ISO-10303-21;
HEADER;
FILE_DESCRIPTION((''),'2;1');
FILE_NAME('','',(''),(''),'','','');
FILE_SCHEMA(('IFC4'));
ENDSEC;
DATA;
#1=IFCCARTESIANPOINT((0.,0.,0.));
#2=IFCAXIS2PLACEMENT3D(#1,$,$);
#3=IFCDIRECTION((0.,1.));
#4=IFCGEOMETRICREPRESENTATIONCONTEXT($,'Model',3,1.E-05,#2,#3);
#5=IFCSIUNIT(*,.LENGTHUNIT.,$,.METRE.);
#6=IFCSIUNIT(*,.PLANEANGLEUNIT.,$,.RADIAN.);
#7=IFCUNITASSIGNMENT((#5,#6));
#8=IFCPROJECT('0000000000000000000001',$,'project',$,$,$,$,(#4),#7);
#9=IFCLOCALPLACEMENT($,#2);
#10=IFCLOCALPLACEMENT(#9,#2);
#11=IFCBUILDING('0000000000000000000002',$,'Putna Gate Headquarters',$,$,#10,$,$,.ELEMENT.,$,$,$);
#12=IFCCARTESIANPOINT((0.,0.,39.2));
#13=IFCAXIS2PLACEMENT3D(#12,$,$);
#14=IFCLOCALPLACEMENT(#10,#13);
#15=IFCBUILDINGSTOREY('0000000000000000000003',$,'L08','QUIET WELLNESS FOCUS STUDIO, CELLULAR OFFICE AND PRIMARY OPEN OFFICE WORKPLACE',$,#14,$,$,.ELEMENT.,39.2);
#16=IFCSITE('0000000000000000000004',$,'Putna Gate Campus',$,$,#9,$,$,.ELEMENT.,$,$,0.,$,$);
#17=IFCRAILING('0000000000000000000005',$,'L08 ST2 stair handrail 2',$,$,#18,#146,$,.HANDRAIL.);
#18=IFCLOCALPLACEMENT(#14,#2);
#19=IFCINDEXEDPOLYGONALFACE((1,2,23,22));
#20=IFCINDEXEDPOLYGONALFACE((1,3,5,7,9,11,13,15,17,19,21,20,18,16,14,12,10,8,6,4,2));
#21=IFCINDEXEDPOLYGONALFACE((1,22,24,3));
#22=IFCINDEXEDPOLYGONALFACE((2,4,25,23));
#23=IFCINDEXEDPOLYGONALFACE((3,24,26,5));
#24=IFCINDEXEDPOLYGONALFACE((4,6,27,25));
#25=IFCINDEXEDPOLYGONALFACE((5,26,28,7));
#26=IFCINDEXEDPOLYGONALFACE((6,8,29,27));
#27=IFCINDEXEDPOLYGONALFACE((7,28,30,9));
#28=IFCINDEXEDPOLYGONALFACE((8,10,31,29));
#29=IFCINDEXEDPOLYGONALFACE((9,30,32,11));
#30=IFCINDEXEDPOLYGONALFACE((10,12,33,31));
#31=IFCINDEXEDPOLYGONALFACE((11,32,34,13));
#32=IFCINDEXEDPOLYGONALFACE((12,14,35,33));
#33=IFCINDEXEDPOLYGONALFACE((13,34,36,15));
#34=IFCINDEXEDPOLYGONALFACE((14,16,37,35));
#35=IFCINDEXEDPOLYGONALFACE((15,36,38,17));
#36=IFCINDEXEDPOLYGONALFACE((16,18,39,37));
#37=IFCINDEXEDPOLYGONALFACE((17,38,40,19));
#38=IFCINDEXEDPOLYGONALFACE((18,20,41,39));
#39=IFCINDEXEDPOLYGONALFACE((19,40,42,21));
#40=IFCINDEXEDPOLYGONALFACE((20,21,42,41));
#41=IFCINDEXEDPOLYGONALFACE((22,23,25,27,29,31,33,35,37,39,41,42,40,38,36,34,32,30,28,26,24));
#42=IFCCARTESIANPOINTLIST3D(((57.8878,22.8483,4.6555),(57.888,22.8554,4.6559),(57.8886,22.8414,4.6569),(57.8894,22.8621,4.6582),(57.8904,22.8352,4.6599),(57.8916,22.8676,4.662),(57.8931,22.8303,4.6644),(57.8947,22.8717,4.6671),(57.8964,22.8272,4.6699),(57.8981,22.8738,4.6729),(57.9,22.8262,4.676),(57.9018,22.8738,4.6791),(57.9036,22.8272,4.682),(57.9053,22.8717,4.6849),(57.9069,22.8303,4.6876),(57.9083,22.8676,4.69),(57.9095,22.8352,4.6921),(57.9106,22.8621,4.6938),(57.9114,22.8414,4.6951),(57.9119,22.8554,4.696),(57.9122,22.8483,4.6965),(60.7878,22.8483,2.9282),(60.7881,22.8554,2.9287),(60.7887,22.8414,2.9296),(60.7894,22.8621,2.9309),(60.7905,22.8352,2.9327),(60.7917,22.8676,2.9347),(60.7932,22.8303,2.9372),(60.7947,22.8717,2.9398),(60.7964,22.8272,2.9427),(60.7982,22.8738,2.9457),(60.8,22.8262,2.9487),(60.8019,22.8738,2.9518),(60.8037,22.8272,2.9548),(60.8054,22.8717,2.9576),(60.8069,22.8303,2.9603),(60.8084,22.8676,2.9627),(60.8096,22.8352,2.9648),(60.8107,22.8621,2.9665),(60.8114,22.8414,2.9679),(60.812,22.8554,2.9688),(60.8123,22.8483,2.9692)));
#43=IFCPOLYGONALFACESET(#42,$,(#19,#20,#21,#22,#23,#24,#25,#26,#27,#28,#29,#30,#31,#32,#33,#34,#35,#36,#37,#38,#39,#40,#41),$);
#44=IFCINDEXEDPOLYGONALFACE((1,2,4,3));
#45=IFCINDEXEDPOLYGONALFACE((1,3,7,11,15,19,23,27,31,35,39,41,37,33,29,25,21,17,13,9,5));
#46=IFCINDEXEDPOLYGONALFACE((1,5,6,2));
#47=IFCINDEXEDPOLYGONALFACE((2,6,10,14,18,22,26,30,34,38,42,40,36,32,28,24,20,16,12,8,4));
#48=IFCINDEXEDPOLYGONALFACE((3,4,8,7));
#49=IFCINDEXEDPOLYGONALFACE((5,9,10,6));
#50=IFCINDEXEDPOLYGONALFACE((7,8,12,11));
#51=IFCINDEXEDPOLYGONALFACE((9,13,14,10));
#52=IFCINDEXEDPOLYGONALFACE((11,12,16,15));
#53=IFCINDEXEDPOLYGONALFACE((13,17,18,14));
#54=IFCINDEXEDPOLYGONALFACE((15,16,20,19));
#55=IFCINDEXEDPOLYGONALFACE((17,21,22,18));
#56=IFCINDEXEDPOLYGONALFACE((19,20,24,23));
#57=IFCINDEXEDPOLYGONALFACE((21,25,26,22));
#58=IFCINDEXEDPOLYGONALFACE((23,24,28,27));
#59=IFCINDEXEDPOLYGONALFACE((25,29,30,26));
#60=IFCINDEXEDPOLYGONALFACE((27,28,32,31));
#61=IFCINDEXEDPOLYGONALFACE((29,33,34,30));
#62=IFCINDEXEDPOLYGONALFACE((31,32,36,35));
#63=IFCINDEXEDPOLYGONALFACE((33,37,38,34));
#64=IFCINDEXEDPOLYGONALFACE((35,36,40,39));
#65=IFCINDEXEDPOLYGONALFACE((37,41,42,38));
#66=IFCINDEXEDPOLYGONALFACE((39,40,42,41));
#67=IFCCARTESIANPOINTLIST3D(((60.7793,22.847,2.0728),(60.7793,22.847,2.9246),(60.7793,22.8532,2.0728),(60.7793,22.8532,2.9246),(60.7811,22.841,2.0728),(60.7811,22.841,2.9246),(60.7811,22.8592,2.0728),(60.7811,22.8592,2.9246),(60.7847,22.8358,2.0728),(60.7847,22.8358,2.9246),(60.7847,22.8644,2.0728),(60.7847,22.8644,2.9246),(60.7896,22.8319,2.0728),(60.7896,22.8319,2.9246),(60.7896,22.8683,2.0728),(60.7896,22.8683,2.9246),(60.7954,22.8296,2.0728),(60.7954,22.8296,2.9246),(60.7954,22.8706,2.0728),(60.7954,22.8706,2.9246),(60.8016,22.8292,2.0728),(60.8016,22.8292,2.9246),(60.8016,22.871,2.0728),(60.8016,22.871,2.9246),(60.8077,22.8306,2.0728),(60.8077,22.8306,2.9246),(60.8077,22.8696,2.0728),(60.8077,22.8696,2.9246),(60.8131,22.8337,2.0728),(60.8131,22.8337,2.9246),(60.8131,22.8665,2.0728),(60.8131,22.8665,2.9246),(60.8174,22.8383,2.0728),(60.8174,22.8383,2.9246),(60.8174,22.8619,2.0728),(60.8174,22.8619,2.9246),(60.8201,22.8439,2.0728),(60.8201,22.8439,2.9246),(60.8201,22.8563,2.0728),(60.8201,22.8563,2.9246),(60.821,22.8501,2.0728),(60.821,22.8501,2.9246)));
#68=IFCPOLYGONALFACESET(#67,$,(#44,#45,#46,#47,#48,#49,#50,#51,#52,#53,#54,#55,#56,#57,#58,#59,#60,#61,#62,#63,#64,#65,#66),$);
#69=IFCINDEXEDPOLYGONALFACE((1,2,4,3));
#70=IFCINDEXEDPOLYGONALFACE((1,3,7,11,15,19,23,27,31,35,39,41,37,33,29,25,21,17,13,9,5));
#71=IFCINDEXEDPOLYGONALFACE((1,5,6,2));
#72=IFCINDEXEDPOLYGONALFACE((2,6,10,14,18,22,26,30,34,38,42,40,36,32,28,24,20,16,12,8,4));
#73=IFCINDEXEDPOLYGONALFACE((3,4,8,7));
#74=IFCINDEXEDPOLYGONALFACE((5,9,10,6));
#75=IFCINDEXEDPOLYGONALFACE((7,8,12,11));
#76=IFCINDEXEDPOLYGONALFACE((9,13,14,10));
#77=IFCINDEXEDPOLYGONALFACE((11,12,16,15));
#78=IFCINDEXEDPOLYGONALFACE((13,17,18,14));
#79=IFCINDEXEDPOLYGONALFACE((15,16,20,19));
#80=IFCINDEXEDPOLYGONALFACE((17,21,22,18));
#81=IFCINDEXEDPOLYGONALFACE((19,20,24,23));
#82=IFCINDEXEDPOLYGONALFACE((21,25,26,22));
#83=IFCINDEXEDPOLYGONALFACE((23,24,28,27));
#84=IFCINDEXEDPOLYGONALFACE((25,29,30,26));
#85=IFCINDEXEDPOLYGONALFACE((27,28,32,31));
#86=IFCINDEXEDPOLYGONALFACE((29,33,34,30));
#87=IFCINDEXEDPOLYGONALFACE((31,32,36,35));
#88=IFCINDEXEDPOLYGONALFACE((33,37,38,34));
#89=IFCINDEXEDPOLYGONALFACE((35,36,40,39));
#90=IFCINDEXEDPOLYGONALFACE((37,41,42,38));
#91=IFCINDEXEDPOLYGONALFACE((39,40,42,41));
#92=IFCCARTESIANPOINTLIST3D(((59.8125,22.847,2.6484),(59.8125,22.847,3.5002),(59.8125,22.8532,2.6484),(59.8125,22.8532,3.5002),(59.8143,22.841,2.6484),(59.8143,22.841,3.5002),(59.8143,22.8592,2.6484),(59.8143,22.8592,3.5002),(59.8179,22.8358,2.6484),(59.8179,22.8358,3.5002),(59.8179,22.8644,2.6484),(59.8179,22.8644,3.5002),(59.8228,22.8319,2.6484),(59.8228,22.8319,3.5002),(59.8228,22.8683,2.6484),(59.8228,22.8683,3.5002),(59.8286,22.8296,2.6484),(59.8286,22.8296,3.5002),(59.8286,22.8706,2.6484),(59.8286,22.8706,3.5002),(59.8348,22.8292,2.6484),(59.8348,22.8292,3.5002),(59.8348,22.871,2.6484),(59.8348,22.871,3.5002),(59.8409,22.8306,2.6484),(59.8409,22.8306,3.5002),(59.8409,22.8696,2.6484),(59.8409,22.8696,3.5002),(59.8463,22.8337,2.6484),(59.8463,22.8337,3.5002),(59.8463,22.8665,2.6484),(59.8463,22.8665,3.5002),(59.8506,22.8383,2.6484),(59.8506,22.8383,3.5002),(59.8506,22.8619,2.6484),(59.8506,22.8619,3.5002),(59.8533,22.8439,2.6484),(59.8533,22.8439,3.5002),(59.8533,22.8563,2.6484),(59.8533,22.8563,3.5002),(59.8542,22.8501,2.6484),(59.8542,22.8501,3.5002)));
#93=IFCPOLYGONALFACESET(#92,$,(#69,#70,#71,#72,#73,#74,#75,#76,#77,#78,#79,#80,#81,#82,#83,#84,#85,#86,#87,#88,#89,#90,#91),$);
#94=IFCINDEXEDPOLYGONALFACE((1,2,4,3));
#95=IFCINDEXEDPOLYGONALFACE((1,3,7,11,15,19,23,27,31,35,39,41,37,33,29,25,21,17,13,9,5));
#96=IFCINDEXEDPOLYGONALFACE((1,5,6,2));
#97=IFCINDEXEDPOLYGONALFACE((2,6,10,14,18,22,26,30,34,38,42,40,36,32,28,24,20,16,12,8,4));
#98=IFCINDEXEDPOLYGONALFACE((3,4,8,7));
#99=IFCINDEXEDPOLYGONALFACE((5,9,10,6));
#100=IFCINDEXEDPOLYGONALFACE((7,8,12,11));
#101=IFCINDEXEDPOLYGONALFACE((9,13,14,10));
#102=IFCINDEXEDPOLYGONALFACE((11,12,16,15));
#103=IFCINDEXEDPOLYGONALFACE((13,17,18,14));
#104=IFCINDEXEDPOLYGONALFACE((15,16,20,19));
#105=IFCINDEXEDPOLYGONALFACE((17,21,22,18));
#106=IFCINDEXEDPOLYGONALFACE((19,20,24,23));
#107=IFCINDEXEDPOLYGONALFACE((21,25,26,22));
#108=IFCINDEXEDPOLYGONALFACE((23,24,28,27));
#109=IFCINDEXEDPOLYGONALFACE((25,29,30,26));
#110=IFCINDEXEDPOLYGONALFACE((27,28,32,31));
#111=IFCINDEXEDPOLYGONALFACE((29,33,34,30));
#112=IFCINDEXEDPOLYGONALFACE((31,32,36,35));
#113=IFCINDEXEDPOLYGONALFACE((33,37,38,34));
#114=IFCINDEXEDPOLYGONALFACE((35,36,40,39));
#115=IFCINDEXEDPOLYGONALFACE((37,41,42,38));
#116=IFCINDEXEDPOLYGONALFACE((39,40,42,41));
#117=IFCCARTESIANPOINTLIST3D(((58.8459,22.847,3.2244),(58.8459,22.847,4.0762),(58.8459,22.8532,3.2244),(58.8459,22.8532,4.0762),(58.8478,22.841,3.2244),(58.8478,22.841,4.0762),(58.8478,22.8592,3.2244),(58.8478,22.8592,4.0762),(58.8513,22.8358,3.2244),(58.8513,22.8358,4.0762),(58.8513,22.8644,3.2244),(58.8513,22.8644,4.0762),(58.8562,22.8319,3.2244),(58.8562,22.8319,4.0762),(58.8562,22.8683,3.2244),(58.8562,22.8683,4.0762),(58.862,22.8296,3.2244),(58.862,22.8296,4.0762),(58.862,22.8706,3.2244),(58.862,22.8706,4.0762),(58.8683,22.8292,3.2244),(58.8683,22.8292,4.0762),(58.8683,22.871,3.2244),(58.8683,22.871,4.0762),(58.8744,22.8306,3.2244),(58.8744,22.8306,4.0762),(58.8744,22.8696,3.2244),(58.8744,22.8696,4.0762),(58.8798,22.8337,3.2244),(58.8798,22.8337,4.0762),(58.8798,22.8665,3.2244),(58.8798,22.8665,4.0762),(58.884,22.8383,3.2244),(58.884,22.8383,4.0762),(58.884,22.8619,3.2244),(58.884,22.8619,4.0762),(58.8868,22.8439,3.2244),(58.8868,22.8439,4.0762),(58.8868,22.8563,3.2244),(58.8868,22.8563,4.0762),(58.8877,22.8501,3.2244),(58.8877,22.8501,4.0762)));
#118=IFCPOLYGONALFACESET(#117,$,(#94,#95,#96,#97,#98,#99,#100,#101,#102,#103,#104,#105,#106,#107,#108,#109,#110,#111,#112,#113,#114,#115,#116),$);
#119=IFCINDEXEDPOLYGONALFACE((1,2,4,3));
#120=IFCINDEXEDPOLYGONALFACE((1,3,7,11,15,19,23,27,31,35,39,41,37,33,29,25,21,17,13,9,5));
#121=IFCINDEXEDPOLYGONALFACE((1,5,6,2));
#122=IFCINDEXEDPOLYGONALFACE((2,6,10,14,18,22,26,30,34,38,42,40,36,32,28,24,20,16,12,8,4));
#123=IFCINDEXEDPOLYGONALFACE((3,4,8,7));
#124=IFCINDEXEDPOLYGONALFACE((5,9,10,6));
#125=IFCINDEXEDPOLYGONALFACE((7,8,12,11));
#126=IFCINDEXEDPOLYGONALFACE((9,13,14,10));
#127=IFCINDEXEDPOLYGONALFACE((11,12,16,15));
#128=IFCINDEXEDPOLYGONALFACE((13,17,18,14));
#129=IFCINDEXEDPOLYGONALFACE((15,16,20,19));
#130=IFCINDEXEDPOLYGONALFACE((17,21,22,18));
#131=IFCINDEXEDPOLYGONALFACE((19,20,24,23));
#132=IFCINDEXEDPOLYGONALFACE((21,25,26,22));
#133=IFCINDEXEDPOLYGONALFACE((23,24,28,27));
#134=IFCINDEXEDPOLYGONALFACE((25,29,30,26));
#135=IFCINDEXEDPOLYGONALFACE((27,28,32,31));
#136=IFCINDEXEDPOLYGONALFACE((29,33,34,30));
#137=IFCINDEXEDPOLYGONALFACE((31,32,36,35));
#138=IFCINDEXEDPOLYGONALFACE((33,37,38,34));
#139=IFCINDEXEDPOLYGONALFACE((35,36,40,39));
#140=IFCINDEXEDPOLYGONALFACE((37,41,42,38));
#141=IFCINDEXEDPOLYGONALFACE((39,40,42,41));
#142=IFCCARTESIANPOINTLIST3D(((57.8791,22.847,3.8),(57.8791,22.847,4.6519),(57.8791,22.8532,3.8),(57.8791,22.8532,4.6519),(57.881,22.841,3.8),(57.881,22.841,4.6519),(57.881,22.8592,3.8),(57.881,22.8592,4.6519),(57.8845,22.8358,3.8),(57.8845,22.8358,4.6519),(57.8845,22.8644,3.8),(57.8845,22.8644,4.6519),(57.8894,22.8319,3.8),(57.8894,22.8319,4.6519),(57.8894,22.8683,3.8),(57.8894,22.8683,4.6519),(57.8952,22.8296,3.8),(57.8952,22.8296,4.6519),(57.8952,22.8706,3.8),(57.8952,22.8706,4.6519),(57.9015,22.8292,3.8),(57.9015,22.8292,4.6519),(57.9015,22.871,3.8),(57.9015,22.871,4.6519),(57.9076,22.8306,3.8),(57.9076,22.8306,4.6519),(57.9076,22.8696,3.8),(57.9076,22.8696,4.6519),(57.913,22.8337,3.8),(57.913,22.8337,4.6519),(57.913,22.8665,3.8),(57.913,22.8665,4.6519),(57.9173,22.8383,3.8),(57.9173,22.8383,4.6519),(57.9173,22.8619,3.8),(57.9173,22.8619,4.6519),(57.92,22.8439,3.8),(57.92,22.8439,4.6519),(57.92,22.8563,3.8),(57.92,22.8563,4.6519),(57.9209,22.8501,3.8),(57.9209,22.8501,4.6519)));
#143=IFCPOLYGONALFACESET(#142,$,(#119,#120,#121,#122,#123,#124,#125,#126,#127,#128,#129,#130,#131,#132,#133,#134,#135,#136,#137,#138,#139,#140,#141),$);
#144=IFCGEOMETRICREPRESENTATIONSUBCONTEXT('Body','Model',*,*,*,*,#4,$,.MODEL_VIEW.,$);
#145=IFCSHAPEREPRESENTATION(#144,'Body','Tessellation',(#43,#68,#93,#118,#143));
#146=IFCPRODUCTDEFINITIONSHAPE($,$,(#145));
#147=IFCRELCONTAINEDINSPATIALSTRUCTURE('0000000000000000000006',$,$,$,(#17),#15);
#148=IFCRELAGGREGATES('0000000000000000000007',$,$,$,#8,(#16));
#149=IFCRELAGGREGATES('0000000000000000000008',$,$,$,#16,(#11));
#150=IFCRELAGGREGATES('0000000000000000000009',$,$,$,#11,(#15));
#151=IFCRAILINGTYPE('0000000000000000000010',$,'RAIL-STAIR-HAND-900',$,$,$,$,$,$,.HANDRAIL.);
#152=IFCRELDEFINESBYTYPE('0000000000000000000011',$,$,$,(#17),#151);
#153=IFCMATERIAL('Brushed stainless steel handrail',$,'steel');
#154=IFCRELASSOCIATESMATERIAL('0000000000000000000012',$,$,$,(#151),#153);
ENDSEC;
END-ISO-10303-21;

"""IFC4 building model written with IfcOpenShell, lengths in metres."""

from ifc_helpers import new_model, si_unit, direction, frame, origin, origin_2d, place, context, subcontext, project, spatial, circle, extrude, material, type_object, element, save


model = new_model("IFC4")

# Units and contexts
model_context = context("Model", 3, precision=1e-05, world=origin(), true_north=direction((0.0, 1.0)))
body_context = subcontext(model_context, "Body", "Model", "MODEL_VIEW")
ifc_project = project(units=[si_unit("LENGTHUNIT", "METRE"), si_unit("PLANEANGLEUNIT", "RADIAN")], contexts=[model_context])

# Site, building, storey
site_placement = place(None, origin())
site = spatial("IfcSite", under=ifc_project, at=site_placement, Name="Putna Gate Campus", CompositionType="ELEMENT", RefElevation=0.0)
building_placement = place(site_placement, origin())
building = spatial("IfcBuilding", under=site, at=building_placement, Name="Putna Gate Headquarters", CompositionType="ELEMENT")
storey_placement = place(building_placement, frame((0.0, 0.0, 39.2)))
storey = spatial("IfcBuildingStorey", under=building, at=storey_placement, Name="L08", Description="QUIET WELLNESS FOCUS STUDIO, CELLULAR OFFICE AND PRIMARY OPEN OFFICE WORKPLACE", CompositionType="ELEMENT", Elevation=39.2)

# Railing
ifc_material_1 = material(Name="Brushed stainless steel handrail", Category="steel")
railing_type = type_object("IfcRailingType", Name="RAIL-STAIR-HAND-900", PredefinedType="HANDRAIL", material=ifc_material_1)
railing_placement = place(storey_placement, frame((60.8, 22.8501, 2.0728)))
element("IfcRailing", 1, at=railing_placement, inside=storey, type_object=railing_type, Name="L08 ST2 stair handrail 2", PredefinedType="HANDRAIL", context=body_context, shape_type="SweptSolid", body=[
    extrude(circle(Radius=0.0239, at=origin_2d()), frame((0.0, 0.0, 0.876), z_axis=(-0.85916, 0.0, 0.511706), x_axis=(0.0, -1.0, 0.0)), (0.0, 0.0, 1.0), 3.3755),
    extrude(circle(Radius=0.021, at=origin_2d()), origin(), (0.0, 0.0, 1.0), 0.8518),
    extrude(circle(Radius=0.021, at=origin_2d()), frame((-0.9668, 0.0, 0.5757)), (0.0, 0.0, 1.0), 0.8518),
    extrude(circle(Radius=0.021, at=origin_2d()), frame((-1.9333, 0.0, 1.1516)), (0.0, 0.0, 1.0), 0.8518),
    extrude(circle(Radius=0.021, at=origin_2d()), frame((-2.9001, 0.0, 1.7273)), (0.0, 0.0, 1.0), 0.8518),
])

save(model, "model.ifc")
